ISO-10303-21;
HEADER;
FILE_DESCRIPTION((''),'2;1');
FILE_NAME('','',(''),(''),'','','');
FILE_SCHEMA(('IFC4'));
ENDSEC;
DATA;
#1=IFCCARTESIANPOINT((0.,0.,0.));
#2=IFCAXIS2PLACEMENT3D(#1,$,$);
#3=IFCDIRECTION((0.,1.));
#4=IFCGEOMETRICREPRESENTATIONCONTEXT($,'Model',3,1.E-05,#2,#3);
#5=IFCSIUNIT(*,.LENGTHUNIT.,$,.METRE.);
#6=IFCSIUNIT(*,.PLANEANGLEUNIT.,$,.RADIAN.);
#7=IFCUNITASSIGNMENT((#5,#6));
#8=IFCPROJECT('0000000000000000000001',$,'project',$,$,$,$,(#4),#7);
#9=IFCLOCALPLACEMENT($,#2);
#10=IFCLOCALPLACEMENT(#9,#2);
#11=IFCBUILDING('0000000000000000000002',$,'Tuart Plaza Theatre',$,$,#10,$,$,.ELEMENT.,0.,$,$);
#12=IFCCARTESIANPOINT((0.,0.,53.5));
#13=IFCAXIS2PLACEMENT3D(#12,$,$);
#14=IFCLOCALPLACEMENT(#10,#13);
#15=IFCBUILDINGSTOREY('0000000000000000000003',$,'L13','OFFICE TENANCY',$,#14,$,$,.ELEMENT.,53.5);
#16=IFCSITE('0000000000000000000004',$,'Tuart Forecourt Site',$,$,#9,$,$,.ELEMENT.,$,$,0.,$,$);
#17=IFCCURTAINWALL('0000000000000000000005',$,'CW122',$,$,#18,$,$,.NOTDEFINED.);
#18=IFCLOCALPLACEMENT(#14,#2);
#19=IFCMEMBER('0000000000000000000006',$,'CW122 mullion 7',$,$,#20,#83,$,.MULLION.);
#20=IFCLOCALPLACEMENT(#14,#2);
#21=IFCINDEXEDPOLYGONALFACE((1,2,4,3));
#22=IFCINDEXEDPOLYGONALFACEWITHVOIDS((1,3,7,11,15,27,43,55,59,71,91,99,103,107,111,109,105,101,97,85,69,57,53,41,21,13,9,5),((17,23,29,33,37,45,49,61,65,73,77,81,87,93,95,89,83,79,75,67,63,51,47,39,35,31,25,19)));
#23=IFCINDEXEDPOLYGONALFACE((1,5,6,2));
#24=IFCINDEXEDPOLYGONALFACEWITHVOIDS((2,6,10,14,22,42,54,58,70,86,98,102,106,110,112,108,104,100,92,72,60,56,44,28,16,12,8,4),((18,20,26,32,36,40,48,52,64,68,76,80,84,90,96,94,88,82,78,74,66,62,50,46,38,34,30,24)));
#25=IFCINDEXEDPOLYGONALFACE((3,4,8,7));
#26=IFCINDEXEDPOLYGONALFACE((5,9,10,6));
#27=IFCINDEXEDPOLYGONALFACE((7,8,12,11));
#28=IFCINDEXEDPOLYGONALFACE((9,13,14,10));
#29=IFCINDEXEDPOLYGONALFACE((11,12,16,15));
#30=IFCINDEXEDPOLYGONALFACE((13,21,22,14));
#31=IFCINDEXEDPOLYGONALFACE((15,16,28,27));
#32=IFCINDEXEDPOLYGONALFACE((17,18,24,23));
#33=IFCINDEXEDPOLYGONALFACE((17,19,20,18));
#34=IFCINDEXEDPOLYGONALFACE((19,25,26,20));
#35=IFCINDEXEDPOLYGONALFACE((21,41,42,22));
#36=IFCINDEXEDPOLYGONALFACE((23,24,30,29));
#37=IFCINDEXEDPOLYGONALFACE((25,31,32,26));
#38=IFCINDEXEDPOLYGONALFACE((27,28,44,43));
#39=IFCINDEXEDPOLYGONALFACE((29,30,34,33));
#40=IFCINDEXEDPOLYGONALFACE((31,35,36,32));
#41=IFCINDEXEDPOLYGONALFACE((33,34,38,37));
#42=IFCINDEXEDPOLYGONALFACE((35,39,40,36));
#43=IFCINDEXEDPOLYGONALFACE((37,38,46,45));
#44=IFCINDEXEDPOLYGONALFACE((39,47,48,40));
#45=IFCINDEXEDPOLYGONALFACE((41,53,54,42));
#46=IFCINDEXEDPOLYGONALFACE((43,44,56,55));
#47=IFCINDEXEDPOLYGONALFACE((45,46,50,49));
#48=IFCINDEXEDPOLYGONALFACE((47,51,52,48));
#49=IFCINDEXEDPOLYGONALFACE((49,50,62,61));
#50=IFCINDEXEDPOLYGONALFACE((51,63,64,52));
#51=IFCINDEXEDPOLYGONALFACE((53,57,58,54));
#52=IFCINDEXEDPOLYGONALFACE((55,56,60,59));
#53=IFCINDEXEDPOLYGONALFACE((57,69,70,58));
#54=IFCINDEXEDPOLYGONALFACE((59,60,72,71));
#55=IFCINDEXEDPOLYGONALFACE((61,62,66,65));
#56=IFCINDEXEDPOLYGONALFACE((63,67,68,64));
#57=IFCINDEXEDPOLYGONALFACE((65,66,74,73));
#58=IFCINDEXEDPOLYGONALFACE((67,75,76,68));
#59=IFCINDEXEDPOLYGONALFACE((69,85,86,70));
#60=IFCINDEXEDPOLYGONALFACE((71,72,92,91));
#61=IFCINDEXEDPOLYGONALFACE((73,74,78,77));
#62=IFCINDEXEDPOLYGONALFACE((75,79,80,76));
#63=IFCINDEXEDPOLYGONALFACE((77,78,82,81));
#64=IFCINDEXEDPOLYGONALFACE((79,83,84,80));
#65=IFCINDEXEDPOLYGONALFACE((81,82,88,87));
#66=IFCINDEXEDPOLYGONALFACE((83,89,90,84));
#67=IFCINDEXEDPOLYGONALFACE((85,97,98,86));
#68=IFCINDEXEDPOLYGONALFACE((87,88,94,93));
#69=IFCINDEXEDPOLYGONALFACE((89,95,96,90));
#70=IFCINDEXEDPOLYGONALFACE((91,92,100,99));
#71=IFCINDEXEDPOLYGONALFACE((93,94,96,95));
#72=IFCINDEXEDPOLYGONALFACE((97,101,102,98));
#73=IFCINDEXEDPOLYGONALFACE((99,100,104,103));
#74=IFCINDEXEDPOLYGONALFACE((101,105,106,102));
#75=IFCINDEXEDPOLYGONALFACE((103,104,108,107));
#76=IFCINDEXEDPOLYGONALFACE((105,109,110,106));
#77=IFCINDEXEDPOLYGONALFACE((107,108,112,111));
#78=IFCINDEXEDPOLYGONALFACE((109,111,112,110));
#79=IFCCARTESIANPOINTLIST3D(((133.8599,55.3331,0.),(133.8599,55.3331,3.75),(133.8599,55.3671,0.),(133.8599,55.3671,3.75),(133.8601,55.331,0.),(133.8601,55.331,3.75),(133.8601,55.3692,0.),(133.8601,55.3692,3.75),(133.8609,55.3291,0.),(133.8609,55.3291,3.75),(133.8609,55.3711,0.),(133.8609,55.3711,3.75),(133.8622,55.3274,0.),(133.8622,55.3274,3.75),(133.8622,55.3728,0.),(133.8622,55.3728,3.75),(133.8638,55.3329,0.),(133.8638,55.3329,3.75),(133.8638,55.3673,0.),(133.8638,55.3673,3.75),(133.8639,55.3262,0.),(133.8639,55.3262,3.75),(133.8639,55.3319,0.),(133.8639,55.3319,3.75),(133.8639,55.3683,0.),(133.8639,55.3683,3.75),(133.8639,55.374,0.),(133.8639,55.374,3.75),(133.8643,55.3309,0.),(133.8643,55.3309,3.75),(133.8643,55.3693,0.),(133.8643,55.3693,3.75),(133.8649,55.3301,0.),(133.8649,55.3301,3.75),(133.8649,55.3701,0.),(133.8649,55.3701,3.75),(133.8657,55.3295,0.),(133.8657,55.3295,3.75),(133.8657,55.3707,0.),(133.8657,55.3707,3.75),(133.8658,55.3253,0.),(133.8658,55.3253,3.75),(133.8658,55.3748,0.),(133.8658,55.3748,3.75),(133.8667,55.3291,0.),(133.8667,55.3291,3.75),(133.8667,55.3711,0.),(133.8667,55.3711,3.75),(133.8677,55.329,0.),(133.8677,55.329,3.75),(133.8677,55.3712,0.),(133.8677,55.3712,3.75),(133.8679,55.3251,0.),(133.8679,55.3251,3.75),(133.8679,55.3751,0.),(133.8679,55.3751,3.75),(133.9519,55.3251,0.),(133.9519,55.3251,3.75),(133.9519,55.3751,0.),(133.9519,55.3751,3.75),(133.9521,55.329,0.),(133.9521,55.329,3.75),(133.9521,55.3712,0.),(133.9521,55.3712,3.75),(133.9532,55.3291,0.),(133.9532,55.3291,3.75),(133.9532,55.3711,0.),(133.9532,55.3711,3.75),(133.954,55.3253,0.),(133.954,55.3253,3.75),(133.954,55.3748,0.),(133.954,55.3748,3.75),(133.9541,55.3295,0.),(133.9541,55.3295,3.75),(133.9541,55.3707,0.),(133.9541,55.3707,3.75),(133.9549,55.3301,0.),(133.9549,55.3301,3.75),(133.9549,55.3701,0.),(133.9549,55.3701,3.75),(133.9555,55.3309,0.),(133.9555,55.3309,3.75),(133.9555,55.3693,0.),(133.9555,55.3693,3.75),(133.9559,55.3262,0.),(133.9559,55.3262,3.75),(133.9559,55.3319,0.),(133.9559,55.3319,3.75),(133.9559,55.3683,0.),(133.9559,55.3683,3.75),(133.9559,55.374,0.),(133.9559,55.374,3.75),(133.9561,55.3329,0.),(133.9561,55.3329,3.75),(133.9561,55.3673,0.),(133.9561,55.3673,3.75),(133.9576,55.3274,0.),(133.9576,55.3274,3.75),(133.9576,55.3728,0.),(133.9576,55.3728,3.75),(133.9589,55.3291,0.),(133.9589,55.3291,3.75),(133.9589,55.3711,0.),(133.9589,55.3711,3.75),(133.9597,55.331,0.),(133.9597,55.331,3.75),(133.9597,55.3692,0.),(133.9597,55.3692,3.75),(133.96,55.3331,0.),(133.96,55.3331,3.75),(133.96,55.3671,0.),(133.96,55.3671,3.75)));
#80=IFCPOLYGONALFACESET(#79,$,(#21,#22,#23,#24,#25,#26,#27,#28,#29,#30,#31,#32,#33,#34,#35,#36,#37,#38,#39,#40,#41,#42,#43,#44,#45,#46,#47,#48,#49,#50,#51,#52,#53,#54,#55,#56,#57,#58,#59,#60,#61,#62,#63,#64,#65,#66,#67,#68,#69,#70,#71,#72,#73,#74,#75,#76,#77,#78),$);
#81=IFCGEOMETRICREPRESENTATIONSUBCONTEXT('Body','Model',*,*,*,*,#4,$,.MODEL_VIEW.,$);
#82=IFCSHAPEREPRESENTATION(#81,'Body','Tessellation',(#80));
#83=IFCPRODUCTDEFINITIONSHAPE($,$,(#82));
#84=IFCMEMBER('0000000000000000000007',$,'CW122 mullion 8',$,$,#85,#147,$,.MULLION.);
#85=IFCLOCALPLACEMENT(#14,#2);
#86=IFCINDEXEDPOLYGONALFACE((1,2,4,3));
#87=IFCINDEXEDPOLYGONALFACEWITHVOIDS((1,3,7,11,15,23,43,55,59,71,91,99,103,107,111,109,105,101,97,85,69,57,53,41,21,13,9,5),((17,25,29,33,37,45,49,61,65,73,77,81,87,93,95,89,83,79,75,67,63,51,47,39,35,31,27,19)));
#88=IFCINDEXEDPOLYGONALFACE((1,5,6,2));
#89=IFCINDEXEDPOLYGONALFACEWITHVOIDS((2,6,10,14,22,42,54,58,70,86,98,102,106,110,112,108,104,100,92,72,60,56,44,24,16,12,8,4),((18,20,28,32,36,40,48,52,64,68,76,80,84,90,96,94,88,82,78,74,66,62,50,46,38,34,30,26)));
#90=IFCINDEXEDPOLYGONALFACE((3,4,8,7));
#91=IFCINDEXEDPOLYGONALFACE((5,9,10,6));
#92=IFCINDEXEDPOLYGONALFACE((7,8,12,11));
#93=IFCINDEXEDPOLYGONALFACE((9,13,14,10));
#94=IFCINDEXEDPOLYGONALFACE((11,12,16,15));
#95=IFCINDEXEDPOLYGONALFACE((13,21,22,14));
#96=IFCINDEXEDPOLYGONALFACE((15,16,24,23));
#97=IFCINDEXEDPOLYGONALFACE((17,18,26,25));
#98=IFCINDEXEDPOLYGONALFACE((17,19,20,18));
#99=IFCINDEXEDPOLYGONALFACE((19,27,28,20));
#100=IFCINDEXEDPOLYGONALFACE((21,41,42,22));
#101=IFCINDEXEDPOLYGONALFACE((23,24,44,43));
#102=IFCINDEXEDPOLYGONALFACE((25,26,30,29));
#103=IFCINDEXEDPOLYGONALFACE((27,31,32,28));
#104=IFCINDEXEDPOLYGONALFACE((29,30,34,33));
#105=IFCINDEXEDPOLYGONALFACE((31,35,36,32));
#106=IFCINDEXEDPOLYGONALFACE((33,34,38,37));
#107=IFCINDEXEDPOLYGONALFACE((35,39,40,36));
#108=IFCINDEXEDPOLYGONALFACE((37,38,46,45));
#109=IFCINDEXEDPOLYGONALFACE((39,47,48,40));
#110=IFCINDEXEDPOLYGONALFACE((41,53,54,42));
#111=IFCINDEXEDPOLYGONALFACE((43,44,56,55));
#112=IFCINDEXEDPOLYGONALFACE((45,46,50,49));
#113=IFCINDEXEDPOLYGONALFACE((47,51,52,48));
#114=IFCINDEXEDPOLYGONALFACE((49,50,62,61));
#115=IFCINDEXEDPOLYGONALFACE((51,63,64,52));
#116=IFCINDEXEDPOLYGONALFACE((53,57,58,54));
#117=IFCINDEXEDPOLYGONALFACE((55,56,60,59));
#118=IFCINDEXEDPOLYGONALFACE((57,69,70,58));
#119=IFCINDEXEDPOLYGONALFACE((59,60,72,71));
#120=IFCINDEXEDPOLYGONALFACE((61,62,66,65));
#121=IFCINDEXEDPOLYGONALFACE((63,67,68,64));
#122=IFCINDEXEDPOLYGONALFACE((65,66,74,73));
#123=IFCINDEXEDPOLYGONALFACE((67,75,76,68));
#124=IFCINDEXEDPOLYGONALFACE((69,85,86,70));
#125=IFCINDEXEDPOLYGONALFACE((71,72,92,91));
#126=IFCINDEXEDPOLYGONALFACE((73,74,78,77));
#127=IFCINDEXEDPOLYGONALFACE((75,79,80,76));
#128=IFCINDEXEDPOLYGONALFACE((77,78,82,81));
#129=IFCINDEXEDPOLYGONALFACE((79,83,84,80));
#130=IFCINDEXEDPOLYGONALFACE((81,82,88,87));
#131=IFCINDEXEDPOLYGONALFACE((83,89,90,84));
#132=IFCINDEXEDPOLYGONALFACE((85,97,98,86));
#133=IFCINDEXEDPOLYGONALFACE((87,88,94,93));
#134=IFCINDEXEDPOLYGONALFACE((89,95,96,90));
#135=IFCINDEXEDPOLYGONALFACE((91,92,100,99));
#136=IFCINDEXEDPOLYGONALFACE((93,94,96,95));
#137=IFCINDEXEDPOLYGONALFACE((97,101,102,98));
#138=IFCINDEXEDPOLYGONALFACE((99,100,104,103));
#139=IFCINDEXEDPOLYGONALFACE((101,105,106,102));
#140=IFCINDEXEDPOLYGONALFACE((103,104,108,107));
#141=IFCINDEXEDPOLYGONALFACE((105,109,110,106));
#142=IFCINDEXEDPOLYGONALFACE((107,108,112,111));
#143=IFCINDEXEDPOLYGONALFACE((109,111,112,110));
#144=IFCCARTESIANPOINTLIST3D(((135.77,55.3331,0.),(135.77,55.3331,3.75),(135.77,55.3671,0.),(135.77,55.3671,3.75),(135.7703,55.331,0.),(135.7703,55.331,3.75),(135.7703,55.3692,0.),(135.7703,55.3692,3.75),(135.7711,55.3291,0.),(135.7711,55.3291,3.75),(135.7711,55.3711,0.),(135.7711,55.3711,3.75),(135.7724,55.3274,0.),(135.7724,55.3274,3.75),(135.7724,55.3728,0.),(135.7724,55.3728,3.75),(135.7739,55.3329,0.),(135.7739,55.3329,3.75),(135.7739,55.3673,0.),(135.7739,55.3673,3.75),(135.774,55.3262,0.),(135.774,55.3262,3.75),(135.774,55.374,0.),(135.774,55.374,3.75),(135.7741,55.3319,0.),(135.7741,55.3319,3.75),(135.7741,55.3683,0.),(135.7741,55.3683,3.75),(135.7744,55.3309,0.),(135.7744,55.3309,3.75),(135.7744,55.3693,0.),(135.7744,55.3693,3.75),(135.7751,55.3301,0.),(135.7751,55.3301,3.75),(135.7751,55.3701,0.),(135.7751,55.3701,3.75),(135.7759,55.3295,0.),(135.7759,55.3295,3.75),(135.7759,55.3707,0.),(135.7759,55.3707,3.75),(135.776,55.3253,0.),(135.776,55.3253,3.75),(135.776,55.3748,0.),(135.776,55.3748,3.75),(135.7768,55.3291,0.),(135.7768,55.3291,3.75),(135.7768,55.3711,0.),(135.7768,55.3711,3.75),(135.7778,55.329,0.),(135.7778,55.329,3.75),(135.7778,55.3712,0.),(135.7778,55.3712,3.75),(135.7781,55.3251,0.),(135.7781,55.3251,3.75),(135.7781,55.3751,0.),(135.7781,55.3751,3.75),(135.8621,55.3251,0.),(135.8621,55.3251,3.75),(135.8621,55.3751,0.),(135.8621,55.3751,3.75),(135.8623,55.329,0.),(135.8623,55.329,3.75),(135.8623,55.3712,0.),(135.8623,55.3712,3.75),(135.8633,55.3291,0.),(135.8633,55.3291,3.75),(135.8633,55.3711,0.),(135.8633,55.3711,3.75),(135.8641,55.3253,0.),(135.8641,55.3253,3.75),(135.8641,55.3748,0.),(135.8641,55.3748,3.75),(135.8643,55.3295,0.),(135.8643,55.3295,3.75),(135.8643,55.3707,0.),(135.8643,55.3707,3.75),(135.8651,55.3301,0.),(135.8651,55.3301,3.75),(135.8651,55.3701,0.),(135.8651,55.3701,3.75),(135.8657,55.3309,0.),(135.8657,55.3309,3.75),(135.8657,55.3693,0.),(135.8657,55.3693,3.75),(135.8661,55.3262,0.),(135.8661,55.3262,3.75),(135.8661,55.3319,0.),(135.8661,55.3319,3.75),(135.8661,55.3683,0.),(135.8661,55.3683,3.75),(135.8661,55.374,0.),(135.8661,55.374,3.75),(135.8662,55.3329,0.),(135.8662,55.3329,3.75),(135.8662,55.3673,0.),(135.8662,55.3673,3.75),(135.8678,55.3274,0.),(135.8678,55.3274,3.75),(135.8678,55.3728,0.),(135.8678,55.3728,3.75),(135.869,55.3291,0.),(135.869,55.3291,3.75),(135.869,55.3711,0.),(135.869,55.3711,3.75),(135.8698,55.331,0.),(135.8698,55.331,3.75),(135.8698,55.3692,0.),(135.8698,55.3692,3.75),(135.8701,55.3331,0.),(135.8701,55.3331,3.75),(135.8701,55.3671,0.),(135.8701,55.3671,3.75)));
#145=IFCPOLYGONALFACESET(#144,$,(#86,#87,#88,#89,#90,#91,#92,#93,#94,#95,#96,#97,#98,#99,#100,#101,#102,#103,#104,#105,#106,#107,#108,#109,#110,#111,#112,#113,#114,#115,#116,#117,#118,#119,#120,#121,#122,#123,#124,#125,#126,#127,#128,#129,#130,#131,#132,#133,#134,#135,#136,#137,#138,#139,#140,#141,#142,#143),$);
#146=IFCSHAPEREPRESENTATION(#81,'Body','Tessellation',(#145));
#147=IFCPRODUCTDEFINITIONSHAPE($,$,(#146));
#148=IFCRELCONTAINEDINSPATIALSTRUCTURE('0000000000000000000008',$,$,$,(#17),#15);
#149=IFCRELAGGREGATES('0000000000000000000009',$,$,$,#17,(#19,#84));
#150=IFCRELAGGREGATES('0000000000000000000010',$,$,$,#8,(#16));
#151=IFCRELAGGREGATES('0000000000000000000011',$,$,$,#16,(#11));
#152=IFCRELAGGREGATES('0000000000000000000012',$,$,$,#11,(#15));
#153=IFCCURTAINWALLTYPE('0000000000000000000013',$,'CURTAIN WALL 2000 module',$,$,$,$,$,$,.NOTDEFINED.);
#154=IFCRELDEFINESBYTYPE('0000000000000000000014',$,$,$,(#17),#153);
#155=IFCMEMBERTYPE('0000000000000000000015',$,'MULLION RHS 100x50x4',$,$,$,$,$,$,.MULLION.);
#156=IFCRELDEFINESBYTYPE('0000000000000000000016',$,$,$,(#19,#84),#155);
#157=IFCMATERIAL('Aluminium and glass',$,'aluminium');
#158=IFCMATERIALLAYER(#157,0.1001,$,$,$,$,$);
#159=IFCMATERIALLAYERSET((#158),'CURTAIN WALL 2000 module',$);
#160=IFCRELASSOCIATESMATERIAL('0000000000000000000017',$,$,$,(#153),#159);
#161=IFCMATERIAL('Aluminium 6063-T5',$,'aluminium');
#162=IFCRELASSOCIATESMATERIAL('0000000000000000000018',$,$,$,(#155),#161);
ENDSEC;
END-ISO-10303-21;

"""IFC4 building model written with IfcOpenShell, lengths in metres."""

from ifc_helpers import new_model, si_unit, direction, frame, origin, origin_2d, place, context, subcontext, project, spatial, hollow_rectangle, extrude, material, layer, layer_set, material_profile, profile_set, type_object, element, aggregate, save


model = new_model("IFC4")

# Units and contexts
model_context = context("Model", 3, precision=1e-05, world=origin(), true_north=direction((0.0, 1.0)))
body_context = subcontext(model_context, "Body", "Model", "MODEL_VIEW")
ifc_project = project(units=[si_unit("LENGTHUNIT", "METRE"), si_unit("PLANEANGLEUNIT", "RADIAN")], contexts=[model_context])

# Site, building, storey
site_placement = place(None, origin())
site = spatial("IfcSite", under=ifc_project, at=site_placement, Name="Tuart Forecourt Site", CompositionType="ELEMENT", RefElevation=0.0)
building_placement = place(site_placement, origin())
building = spatial("IfcBuilding", under=site, at=building_placement, Name="Tuart Plaza Theatre", CompositionType="ELEMENT", ElevationOfRefHeight=0.0)
storey_placement = place(building_placement, frame((0.0, 0.0, 53.5)))
storey = spatial("IfcBuildingStorey", under=building, at=storey_placement, Name="L13", Description="OFFICE TENANCY", CompositionType="ELEMENT", Elevation=53.5)

# Curtain wall, members
ifc_material_1 = material(Name="Aluminium and glass", Category="aluminium")
ifc_layer_1 = layer(ifc_material_1, 0.1001)
ifc_layer_set_1 = layer_set([ifc_layer_1], Name="CURTAIN WALL 2000 module")
curtain_wall_type = type_object("IfcCurtainWallType", Name="CURTAIN WALL 2000 module", PredefinedType="NOTDEFINED", material=ifc_layer_set_1)
curtain_wall_placement = place(storey_placement, origin())
curtain_wall = element("IfcCurtainWall", 1, at=curtain_wall_placement, inside=storey, type_object=curtain_wall_type, Name="CW122", PredefinedType="NOTDEFINED")
ifc_material_2 = material(Name="Aluminium 6063-T5", Category="aluminium")
ifc_material_profile_1 = material_profile(ifc_material_2, hollow_rectangle(XDim=0.05, YDim=0.1001, WallThickness=0.0039, InnerFilletRadius=0.0039, OuterFilletRadius=0.0081, at=origin_2d()), Name="RHS 100x50x4")
ifc_profile_set_1 = profile_set([ifc_material_profile_1], Name="Aluminium 6063-T5")
member_type_1 = type_object("IfcMemberType", Name="MULLION RHS 100x50x4", PredefinedType="MULLION", material=ifc_profile_set_1)
member_1_placement = place(storey_placement, frame((133.9099, 55.3501, 0.0), z_axis=(0.0, 0.0, 1.0), x_axis=(0.0, 1.0, 0.0)))
member_1 = element("IfcMember", 2, at=member_1_placement, type_object=member_type_1, Name="CW122 mullion 7", PredefinedType="MULLION", context=body_context, shape_type="SweptSolid", body=[
    extrude(hollow_rectangle(XDim=0.05, YDim=0.1001, WallThickness=0.0039, InnerFilletRadius=0.0039, OuterFilletRadius=0.0081, at=origin_2d()), origin(), (0.0, 0.0, 1.0), 3.75),
])
member_2_placement = place(storey_placement, frame((135.8201, 55.3501, 0.0), z_axis=(0.0, 0.0, 1.0), x_axis=(0.0, 1.0, 0.0)))
member_2 = element("IfcMember", 3, at=member_2_placement, type_object=member_type_1, Name="CW122 mullion 8", PredefinedType="MULLION", context=body_context, shape_type="SweptSolid", body=[
    extrude(hollow_rectangle(XDim=0.05, YDim=0.1001, WallThickness=0.0039, InnerFilletRadius=0.0039, OuterFilletRadius=0.0081, at=origin_2d()), origin(), (0.0, 0.0, 1.0), 3.75),
])
aggregate(curtain_wall, [member_1, member_2])

save(model, "model.ifc")
